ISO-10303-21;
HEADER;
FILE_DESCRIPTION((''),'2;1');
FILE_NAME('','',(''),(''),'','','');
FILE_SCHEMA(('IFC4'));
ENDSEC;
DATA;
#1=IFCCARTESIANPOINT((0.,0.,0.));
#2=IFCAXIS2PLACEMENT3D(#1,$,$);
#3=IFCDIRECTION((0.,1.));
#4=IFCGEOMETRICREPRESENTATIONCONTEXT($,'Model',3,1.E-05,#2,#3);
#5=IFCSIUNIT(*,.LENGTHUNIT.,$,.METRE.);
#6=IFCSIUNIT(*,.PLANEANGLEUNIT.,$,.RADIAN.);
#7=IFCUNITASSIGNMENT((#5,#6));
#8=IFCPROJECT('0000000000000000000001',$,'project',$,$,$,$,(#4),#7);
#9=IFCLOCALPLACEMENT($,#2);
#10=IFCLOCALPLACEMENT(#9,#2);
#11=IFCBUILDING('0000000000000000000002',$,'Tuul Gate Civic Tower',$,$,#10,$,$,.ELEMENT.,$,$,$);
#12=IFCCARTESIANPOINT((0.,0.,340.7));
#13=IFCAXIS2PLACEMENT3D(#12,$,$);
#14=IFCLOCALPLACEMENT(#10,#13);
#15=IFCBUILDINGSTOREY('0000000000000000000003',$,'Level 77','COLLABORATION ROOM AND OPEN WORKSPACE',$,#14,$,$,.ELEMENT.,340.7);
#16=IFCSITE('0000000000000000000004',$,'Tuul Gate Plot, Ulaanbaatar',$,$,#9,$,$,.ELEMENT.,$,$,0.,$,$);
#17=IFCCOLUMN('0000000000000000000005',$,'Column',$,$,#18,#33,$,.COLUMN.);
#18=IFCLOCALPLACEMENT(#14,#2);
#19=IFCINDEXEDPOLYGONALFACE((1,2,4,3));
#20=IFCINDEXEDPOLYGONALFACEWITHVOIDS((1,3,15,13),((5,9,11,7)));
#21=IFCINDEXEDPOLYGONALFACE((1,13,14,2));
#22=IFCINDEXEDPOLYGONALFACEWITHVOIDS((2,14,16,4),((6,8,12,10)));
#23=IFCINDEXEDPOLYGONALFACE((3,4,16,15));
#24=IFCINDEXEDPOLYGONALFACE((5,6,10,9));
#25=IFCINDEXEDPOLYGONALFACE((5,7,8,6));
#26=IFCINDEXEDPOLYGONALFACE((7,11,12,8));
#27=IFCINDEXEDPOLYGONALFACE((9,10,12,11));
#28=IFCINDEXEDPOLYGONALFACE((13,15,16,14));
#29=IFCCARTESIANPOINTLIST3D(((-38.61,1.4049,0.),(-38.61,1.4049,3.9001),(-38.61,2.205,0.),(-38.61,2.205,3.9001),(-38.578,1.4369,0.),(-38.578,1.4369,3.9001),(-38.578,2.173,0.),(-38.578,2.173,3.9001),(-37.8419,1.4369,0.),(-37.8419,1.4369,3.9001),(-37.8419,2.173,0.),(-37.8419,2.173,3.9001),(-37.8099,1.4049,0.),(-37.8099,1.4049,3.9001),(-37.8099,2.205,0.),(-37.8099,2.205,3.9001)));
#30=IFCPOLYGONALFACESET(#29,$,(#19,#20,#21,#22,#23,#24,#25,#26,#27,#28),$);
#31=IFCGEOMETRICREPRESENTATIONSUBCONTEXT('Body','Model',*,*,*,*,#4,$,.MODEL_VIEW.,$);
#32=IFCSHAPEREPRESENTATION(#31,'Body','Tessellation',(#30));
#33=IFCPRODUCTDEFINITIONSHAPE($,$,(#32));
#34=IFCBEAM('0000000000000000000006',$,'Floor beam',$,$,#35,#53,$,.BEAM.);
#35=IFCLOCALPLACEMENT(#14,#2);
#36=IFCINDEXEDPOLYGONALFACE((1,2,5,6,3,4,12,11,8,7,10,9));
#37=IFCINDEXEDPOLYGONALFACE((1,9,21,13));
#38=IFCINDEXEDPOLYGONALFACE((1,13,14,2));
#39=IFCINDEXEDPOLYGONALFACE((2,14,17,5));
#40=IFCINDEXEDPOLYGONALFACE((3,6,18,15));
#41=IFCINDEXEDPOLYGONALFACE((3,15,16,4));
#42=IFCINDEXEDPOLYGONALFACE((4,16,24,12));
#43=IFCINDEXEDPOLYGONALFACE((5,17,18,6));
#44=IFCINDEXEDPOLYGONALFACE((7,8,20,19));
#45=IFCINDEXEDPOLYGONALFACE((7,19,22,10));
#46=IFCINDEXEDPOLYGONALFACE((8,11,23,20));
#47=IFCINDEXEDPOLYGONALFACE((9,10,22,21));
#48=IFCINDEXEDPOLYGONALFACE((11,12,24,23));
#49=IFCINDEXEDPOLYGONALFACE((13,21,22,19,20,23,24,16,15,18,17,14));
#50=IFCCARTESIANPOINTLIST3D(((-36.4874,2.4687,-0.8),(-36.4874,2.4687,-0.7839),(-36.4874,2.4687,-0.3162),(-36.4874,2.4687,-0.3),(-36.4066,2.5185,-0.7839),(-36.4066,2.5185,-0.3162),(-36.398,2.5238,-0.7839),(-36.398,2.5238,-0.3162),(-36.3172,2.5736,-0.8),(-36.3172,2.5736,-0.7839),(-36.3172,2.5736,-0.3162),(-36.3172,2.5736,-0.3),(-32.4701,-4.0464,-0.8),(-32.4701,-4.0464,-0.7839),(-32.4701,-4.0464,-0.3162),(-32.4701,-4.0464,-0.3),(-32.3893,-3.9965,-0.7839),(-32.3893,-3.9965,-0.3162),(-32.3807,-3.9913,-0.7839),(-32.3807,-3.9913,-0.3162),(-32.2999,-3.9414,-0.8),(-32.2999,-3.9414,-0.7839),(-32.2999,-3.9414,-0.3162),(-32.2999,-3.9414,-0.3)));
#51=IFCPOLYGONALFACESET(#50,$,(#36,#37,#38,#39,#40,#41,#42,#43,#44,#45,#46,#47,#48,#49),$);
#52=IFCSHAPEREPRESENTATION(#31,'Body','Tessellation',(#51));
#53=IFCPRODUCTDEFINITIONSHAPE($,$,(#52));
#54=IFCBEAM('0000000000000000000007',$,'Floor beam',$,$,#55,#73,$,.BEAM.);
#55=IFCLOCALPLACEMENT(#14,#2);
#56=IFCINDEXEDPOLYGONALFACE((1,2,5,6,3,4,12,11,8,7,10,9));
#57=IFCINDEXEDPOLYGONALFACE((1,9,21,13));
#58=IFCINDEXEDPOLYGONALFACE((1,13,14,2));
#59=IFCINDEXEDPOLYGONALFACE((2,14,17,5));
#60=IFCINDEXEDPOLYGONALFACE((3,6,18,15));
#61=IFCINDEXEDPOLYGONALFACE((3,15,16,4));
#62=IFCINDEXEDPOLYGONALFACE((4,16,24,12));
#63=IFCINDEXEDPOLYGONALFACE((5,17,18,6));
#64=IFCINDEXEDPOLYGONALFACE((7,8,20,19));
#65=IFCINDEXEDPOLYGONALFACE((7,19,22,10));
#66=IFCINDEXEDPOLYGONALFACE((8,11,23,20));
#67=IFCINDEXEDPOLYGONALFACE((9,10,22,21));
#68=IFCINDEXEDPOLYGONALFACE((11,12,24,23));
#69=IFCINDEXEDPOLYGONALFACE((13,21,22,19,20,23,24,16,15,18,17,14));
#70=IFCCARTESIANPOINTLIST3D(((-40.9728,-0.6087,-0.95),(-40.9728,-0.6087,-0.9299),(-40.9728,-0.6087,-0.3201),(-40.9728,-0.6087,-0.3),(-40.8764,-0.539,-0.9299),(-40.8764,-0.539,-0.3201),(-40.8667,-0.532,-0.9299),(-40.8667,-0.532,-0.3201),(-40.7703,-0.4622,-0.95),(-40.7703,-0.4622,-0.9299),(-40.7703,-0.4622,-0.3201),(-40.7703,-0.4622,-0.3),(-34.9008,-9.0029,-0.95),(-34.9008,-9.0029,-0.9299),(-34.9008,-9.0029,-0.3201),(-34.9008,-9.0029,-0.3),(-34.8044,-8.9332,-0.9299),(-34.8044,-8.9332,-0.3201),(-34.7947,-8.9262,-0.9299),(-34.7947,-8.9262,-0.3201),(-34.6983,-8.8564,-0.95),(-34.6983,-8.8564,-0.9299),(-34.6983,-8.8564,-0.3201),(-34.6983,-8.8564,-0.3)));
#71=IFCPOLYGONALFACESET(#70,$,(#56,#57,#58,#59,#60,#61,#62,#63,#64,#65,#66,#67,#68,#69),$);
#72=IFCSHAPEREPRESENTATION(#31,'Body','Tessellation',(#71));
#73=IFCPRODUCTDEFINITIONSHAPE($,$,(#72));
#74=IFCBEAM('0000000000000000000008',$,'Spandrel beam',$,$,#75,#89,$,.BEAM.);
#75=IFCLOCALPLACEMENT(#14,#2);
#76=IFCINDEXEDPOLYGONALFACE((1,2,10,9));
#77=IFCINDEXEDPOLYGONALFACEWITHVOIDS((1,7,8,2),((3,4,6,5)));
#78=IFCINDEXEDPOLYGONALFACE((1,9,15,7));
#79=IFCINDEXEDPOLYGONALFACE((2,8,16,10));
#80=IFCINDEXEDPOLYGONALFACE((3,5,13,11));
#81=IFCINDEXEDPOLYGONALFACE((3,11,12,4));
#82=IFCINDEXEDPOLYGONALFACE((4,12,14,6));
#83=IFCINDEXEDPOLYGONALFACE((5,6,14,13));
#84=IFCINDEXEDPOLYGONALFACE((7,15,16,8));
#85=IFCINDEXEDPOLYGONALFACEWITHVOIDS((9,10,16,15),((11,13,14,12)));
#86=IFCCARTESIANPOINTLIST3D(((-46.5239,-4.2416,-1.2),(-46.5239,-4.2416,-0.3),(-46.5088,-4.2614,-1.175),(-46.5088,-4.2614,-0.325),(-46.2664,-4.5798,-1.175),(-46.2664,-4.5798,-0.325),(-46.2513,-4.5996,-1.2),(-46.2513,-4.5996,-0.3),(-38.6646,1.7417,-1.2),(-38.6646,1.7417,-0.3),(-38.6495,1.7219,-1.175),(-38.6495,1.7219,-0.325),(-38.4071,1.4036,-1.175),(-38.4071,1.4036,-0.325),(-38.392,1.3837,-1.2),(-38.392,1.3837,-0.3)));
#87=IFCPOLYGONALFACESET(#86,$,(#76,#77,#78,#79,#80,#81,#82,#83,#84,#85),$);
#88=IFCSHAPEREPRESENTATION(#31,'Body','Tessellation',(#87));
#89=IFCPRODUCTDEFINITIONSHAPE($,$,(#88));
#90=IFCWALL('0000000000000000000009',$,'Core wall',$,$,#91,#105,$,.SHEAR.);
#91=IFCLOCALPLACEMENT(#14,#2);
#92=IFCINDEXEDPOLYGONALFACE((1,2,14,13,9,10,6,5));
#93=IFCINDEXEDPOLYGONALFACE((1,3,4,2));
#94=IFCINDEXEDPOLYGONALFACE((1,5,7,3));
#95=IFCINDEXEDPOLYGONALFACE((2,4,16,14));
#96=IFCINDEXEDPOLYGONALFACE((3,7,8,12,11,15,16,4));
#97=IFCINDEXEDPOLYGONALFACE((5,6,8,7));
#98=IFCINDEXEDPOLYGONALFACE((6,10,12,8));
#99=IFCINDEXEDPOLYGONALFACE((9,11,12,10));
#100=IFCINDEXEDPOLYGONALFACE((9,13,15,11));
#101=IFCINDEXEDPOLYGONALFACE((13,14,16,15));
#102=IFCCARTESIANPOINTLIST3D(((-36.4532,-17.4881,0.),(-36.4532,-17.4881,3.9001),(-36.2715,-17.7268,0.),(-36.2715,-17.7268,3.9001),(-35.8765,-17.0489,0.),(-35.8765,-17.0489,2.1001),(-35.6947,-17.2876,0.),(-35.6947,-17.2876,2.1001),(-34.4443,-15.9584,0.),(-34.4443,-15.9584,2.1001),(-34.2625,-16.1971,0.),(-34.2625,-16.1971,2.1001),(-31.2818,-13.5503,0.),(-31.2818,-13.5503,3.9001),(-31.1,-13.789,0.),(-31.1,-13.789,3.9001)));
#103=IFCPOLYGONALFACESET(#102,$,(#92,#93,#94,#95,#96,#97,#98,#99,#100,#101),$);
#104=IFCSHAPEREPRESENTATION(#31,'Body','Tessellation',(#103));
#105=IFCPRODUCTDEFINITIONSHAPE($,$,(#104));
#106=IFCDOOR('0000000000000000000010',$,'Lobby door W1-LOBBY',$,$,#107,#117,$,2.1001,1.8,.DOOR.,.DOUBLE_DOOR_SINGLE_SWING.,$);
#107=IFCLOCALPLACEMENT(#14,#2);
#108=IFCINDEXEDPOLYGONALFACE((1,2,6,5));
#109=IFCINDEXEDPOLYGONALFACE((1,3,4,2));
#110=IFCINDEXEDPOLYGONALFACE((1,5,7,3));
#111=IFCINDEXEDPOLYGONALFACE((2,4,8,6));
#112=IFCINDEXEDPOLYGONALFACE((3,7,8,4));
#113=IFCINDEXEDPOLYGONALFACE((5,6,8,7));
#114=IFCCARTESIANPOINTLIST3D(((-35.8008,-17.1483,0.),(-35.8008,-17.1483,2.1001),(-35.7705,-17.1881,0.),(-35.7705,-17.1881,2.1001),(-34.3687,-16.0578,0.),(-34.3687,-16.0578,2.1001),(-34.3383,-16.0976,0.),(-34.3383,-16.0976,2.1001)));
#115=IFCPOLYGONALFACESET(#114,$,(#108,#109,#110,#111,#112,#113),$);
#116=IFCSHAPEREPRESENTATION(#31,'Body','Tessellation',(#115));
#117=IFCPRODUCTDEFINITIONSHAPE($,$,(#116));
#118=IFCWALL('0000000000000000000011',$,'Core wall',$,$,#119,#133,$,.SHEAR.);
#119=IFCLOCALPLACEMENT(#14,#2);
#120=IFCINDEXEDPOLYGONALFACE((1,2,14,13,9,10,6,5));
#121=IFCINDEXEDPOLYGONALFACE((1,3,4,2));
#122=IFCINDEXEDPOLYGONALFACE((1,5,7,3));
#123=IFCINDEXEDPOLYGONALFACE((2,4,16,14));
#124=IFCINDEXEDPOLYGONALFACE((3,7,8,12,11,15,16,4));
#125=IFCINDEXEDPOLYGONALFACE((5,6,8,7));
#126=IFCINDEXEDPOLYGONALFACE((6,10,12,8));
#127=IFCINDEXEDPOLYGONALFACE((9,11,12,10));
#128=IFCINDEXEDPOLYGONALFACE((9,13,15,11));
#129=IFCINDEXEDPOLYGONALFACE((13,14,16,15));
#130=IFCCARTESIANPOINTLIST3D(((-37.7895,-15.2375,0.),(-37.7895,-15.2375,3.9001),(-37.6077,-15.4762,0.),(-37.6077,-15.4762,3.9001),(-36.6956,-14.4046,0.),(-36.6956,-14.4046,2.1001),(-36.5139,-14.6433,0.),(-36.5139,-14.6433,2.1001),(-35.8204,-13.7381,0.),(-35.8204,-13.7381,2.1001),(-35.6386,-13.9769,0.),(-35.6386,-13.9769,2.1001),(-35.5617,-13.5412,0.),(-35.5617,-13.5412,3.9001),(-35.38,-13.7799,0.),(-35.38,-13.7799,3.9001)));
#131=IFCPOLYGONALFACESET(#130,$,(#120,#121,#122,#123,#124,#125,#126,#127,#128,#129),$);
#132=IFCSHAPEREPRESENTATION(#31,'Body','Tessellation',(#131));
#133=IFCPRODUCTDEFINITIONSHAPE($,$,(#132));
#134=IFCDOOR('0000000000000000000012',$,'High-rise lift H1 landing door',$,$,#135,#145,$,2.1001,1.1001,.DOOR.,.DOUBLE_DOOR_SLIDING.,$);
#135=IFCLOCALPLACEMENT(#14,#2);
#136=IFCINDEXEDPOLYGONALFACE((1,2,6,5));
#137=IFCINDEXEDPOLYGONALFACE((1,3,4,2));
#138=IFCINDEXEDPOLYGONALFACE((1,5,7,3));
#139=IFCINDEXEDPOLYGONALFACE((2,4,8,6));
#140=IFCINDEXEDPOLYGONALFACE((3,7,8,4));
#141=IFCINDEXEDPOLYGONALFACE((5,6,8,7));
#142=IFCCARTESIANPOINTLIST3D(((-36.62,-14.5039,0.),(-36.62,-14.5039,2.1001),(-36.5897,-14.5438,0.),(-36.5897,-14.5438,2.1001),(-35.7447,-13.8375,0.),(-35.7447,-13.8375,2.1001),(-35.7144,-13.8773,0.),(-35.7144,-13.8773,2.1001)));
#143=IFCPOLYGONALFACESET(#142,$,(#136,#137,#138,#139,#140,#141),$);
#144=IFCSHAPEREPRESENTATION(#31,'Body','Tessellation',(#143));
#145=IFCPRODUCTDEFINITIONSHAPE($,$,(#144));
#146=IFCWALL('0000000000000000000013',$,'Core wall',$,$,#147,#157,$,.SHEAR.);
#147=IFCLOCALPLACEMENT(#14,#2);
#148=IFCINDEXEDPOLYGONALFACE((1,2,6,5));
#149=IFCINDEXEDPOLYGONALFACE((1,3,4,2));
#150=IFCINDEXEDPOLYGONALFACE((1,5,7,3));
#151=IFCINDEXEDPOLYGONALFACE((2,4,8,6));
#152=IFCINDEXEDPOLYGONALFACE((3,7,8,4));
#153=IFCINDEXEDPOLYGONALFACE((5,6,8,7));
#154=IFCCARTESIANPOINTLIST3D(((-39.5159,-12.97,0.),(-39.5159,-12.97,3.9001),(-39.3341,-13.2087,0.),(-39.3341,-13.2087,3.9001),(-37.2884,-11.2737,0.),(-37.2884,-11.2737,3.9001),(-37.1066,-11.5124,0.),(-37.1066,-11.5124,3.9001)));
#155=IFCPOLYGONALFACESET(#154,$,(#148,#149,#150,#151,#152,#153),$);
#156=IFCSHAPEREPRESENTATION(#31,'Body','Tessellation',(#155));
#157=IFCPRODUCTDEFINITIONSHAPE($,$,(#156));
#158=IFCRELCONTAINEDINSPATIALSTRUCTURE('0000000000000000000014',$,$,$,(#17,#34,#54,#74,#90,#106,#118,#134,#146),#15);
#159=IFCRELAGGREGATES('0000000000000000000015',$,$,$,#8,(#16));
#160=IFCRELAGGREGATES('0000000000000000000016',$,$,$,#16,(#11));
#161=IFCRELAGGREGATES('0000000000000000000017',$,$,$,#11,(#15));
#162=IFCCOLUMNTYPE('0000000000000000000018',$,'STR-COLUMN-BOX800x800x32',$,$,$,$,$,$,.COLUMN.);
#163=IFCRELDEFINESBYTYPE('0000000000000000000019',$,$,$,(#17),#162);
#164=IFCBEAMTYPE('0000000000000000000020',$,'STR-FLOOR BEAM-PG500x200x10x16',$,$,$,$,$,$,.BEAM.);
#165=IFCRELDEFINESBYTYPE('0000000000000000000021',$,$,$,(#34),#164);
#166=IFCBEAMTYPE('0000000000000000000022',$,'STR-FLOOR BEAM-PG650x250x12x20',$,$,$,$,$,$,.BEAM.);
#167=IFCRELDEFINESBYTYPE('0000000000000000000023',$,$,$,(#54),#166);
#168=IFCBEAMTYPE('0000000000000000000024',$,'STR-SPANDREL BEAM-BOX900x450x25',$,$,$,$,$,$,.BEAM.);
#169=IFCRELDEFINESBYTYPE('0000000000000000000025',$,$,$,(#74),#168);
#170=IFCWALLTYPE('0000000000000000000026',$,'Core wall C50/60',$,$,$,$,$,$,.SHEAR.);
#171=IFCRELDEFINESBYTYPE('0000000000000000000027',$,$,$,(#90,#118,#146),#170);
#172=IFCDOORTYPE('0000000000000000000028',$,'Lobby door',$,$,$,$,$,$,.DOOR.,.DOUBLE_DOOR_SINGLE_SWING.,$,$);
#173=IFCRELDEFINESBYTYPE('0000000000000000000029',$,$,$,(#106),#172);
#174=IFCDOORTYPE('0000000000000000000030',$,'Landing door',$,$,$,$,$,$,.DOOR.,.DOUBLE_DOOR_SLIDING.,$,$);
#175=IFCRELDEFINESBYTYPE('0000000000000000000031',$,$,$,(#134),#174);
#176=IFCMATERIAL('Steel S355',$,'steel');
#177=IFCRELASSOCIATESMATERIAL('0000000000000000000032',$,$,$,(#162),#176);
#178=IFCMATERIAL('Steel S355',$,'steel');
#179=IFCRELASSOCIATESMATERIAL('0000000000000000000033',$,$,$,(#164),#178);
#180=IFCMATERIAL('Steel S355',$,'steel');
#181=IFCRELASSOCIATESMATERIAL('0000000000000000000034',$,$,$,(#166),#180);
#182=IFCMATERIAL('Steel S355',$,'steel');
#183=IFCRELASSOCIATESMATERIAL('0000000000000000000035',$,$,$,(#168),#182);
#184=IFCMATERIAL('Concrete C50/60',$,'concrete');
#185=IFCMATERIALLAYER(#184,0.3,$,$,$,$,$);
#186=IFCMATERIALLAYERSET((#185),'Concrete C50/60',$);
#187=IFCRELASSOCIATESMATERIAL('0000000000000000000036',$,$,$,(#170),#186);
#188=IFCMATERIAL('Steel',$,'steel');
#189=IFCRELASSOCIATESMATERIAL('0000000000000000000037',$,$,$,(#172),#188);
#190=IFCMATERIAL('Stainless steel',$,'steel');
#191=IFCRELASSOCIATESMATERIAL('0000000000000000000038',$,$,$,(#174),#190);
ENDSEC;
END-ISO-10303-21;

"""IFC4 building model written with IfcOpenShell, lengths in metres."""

from ifc_helpers import new_model, si_unit, direction, frame, frame_2d, origin, origin_2d, place, context, subcontext, project, spatial, rectangle, hollow_rectangle, i_section, extrude, material, layer, layer_set, material_profile, profile_set, type_object, element, fill, save


model = new_model("IFC4")

# Units and contexts
model_context = context("Model", 3, precision=1e-05, world=origin(), true_north=direction((0.0, 1.0)))
body_context = subcontext(model_context, "Body", "Model", "MODEL_VIEW")
ifc_project = project(units=[si_unit("LENGTHUNIT", "METRE"), si_unit("PLANEANGLEUNIT", "RADIAN")], contexts=[model_context])

# Site, building, storey
site_placement = place(None, origin())
site = spatial("IfcSite", under=ifc_project, at=site_placement, Name="Tuul Gate Plot, Ulaanbaatar", CompositionType="ELEMENT", RefElevation=0.0)
building_placement = place(site_placement, origin())
building = spatial("IfcBuilding", under=site, at=building_placement, Name="Tuul Gate Civic Tower", CompositionType="ELEMENT")
storey_placement = place(building_placement, frame((0.0, 0.0, 340.7)))
storey = spatial("IfcBuildingStorey", under=building, at=storey_placement, Name="Level 77", Description="COLLABORATION ROOM AND OPEN WORKSPACE", CompositionType="ELEMENT", Elevation=340.7)

# Column
ifc_material_1 = material(Name="Steel S355", Category="steel")
ifc_material_profile_1 = material_profile(ifc_material_1, hollow_rectangle(XDim=0.8, YDim=0.8, WallThickness=0.032, at=origin_2d()), Name="BOX800x800x32")
ifc_profile_set_1 = profile_set([ifc_material_profile_1], Name="Steel S355")
column_type = type_object("IfcColumnType", Name="STR-COLUMN-BOX800x800x32", PredefinedType="COLUMN", material=ifc_profile_set_1)
column_placement = place(storey_placement, frame((-38.21, 1.8049, 0.0), z_axis=(0.0, 0.0, 1.0), x_axis=(1.0, 0.0, 0.0)))
element("IfcColumn", 1, at=column_placement, inside=storey, type_object=column_type, Name="Column", PredefinedType="COLUMN", context=body_context, shape_type="SweptSolid", body=[
    extrude(hollow_rectangle(XDim=0.8, YDim=0.8, WallThickness=0.032, at=origin_2d()), origin(), (0.0, 0.0, 1.0), 3.9001),
])

# Beams
ifc_material_2 = material(Name="Steel S355", Category="steel")
ifc_material_profile_2 = material_profile(ifc_material_2, i_section(OverallWidth=0.2, OverallDepth=0.5, WebThickness=0.01, FlangeThickness=0.0161, at=origin_2d()), Name="PG500x200x10x16")
ifc_profile_set_2 = profile_set([ifc_material_profile_2], Name="Steel S355")
beam_type_1 = type_object("IfcBeamType", Name="STR-FLOOR BEAM-PG500x200x10x16", PredefinedType="BEAM", material=ifc_profile_set_2)
beam_1_placement = place(storey_placement, frame((-32.385, -3.9939, -0.55), z_axis=(-0.524857, 0.85119, 0.0), x_axis=(-0.85119, -0.524857, 0.0)))
element("IfcBeam", 2, at=beam_1_placement, inside=storey, type_object=beam_type_1, Name="Floor beam", PredefinedType="BEAM", context=body_context, shape_type="SweptSolid", body=[
    extrude(i_section(OverallWidth=0.2, OverallDepth=0.5, WebThickness=0.01, FlangeThickness=0.0161, at=origin_2d()), origin(), (0.0, 0.0, 1.0), 7.6541),
])
ifc_material_3 = material(Name="Steel S355", Category="steel")
ifc_material_profile_3 = material_profile(ifc_material_3, i_section(OverallWidth=0.25, OverallDepth=0.6499, WebThickness=0.012, FlangeThickness=0.02, at=origin_2d()), Name="PG650x250x12x20")
ifc_profile_set_3 = profile_set([ifc_material_profile_3], Name="Steel S355")
beam_type_2 = type_object("IfcBeamType", Name="STR-FLOOR BEAM-PG650x250x12x20", PredefinedType="BEAM", material=ifc_profile_set_3)
beam_2_placement = place(storey_placement, frame((-34.7996, -8.9297, -0.625), z_axis=(-0.586092, 0.810245, 0.0), x_axis=(-0.810245, -0.586092, 0.0)))
element("IfcBeam", 3, at=beam_2_placement, inside=storey, type_object=beam_type_2, Name="Floor beam", PredefinedType="BEAM", context=body_context, shape_type="SweptSolid", body=[
    extrude(i_section(OverallWidth=0.25, OverallDepth=0.6499, WebThickness=0.012, FlangeThickness=0.02, at=origin_2d()), origin(), (0.0, 0.0, 1.0), 10.3601),
])
ifc_material_4 = material(Name="Steel S355", Category="steel")
ifc_material_profile_4 = material_profile(ifc_material_4, hollow_rectangle(XDim=0.45, YDim=0.8999, WallThickness=0.0249, at=origin_2d()), Name="BOX900x450x25")
ifc_profile_set_4 = profile_set([ifc_material_profile_4], Name="Steel S355")
beam_type_3 = type_object("IfcBeamType", Name="STR-SPANDREL BEAM-BOX900x450x25", PredefinedType="BEAM", material=ifc_profile_set_4)
beam_3_placement = place(storey_placement, frame((-38.5283, 1.5627, -0.75), z_axis=(-0.795661, -0.605742, 0.0), x_axis=(0.605742, -0.795661, 0.0)))
element("IfcBeam", 4, at=beam_3_placement, inside=storey, type_object=beam_type_3, Name="Spandrel beam", PredefinedType="BEAM", context=body_context, shape_type="SweptSolid", body=[
    extrude(hollow_rectangle(XDim=0.45, YDim=0.8999, WallThickness=0.0249, at=origin_2d()), origin(), (0.0, 0.0, 1.0), 9.8777),
])

# Walls, openings, doors
ifc_material_5 = material(Name="Concrete C50/60", Category="concrete")
ifc_layer_1 = layer(ifc_material_5, 0.3)
ifc_layer_set_1 = layer_set([ifc_layer_1], Name="Concrete C50/60")
wall_type_1 = type_object("IfcWallType", Name="Core wall C50/60", PredefinedType="SHEAR", material=ifc_layer_set_1)
wall_1_placement = place(storey_placement, frame((-31.1909, -13.6697, 0.0), z_axis=(0.0, 0.0, 1.0), x_axis=(-0.795607, -0.605813, 0.0)))
wall_1 = element("IfcWall", 5, at=wall_1_placement, inside=storey, type_object=wall_type_1, Name="Core wall", PredefinedType="SHEAR", context=body_context, shape_type="SweptSolid", body=[
    extrude(rectangle(XDim=6.5, YDim=0.3, at=frame_2d((3.25, 0.0))), origin(), (0.0, 0.0, 1.0), 3.9001),
])
opening_1_placement = place(wall_1_placement, frame((3.9751, 0.0, 0.0)))
opening_1 = element("IfcOpeningElement", 6, at=opening_1_placement, cuts=wall_1, PredefinedType="OPENING", context=body_context, shape_type="SweptSolid", body=[
    extrude(rectangle(XDim=1.8, YDim=2.1001, at=frame_2d((0.8999, 1.05))), frame((0.0, 0.1602, 0.0), z_axis=(0.0, -1.0, 0.0), x_axis=(1.0, 0.0, 0.0)), (0.0, 0.0, 1.0), 0.3201),
])
ifc_material_6 = material(Name="Steel", Category="steel")
door_type_1 = type_object("IfcDoorType", Name="Lobby door", OperationType="DOUBLE_DOOR_SINGLE_SWING", PredefinedType="DOOR", material=ifc_material_6)
door_1_placement = place(opening_1_placement, origin())
door_1 = element("IfcDoor", 7, at=door_1_placement, inside=storey, type_object=door_type_1, Name="Lobby door W1-LOBBY", OperationType="DOUBLE_DOOR_SINGLE_SWING", OverallHeight=2.1001, OverallWidth=1.8, PredefinedType="DOOR", context=body_context, shape_type="SweptSolid", body=[
    extrude(rectangle(XDim=1.8, YDim=2.1001, at=frame_2d((0.8999, 1.05))), frame((0.0, 0.0249, 0.0), z_axis=(0.0, -1.0, 0.0), x_axis=(1.0, 0.0, 0.0)), (0.0, 0.0, 1.0), 0.05),
])
fill(opening_1, door_1)
wall_2_placement = place(storey_placement, frame((-35.4709, -13.6606, 0.0), z_axis=(0.0, 0.0, 1.0), x_axis=(-0.795616, -0.605802, 0.0)))
wall_2 = element("IfcWall", 8, at=wall_2_placement, inside=storey, type_object=wall_type_1, Name="Core wall", PredefinedType="SHEAR", context=body_context, shape_type="SweptSolid", body=[
    extrude(rectangle(XDim=2.8, YDim=0.3, at=frame_2d((1.3999, 0.0))), origin(), (0.0, 0.0, 1.0), 3.9001),
])
opening_2_placement = place(wall_2_placement, frame((0.325, 0.0, 0.0)))
opening_2 = element("IfcOpeningElement", 9, at=opening_2_placement, cuts=wall_2, PredefinedType="OPENING", context=body_context, shape_type="SweptSolid", body=[
    extrude(rectangle(XDim=1.1001, YDim=2.1001, at=frame_2d((0.55, 1.05))), frame((0.0, 0.1602, 0.0), z_axis=(0.0, -1.0, 0.0), x_axis=(1.0, 0.0, 0.0)), (0.0, 0.0, 1.0), 0.3201),
])
ifc_material_7 = material(Name="Stainless steel", Category="steel")
door_type_2 = type_object("IfcDoorType", Name="Landing door", OperationType="DOUBLE_DOOR_SLIDING", PredefinedType="DOOR", material=ifc_material_7)
door_2_placement = place(opening_2_placement, origin())
door_2 = element("IfcDoor", 10, at=door_2_placement, inside=storey, type_object=door_type_2, Name="High-rise lift H1 landing door", OperationType="DOUBLE_DOOR_SLIDING", OverallHeight=2.1001, OverallWidth=1.1001, PredefinedType="DOOR", context=body_context, shape_type="SweptSolid", body=[
    extrude(rectangle(XDim=1.1001, YDim=2.1001, at=frame_2d((0.55, 1.05))), frame((0.0, 0.0249, 0.0), z_axis=(0.0, -1.0, 0.0), x_axis=(1.0, 0.0, 0.0)), (0.0, 0.0, 1.0), 0.05),
])
fill(opening_2, door_2)

# Wall
wall_3_placement = place(storey_placement, frame((-37.1975, -11.3931, 0.0), z_axis=(0.0, 0.0, 1.0), x_axis=(-0.795584, -0.605844, 0.0)))
element("IfcWall", 11, at=wall_3_placement, inside=storey, type_object=wall_type_1, Name="Core wall", PredefinedType="SHEAR", context=body_context, shape_type="SweptSolid", body=[
    extrude(rectangle(XDim=2.7998, YDim=0.3, at=frame_2d((1.3999, 0.0))), origin(), (0.0, 0.0, 1.0), 3.9001),
])

save(model, "model.ifc")
